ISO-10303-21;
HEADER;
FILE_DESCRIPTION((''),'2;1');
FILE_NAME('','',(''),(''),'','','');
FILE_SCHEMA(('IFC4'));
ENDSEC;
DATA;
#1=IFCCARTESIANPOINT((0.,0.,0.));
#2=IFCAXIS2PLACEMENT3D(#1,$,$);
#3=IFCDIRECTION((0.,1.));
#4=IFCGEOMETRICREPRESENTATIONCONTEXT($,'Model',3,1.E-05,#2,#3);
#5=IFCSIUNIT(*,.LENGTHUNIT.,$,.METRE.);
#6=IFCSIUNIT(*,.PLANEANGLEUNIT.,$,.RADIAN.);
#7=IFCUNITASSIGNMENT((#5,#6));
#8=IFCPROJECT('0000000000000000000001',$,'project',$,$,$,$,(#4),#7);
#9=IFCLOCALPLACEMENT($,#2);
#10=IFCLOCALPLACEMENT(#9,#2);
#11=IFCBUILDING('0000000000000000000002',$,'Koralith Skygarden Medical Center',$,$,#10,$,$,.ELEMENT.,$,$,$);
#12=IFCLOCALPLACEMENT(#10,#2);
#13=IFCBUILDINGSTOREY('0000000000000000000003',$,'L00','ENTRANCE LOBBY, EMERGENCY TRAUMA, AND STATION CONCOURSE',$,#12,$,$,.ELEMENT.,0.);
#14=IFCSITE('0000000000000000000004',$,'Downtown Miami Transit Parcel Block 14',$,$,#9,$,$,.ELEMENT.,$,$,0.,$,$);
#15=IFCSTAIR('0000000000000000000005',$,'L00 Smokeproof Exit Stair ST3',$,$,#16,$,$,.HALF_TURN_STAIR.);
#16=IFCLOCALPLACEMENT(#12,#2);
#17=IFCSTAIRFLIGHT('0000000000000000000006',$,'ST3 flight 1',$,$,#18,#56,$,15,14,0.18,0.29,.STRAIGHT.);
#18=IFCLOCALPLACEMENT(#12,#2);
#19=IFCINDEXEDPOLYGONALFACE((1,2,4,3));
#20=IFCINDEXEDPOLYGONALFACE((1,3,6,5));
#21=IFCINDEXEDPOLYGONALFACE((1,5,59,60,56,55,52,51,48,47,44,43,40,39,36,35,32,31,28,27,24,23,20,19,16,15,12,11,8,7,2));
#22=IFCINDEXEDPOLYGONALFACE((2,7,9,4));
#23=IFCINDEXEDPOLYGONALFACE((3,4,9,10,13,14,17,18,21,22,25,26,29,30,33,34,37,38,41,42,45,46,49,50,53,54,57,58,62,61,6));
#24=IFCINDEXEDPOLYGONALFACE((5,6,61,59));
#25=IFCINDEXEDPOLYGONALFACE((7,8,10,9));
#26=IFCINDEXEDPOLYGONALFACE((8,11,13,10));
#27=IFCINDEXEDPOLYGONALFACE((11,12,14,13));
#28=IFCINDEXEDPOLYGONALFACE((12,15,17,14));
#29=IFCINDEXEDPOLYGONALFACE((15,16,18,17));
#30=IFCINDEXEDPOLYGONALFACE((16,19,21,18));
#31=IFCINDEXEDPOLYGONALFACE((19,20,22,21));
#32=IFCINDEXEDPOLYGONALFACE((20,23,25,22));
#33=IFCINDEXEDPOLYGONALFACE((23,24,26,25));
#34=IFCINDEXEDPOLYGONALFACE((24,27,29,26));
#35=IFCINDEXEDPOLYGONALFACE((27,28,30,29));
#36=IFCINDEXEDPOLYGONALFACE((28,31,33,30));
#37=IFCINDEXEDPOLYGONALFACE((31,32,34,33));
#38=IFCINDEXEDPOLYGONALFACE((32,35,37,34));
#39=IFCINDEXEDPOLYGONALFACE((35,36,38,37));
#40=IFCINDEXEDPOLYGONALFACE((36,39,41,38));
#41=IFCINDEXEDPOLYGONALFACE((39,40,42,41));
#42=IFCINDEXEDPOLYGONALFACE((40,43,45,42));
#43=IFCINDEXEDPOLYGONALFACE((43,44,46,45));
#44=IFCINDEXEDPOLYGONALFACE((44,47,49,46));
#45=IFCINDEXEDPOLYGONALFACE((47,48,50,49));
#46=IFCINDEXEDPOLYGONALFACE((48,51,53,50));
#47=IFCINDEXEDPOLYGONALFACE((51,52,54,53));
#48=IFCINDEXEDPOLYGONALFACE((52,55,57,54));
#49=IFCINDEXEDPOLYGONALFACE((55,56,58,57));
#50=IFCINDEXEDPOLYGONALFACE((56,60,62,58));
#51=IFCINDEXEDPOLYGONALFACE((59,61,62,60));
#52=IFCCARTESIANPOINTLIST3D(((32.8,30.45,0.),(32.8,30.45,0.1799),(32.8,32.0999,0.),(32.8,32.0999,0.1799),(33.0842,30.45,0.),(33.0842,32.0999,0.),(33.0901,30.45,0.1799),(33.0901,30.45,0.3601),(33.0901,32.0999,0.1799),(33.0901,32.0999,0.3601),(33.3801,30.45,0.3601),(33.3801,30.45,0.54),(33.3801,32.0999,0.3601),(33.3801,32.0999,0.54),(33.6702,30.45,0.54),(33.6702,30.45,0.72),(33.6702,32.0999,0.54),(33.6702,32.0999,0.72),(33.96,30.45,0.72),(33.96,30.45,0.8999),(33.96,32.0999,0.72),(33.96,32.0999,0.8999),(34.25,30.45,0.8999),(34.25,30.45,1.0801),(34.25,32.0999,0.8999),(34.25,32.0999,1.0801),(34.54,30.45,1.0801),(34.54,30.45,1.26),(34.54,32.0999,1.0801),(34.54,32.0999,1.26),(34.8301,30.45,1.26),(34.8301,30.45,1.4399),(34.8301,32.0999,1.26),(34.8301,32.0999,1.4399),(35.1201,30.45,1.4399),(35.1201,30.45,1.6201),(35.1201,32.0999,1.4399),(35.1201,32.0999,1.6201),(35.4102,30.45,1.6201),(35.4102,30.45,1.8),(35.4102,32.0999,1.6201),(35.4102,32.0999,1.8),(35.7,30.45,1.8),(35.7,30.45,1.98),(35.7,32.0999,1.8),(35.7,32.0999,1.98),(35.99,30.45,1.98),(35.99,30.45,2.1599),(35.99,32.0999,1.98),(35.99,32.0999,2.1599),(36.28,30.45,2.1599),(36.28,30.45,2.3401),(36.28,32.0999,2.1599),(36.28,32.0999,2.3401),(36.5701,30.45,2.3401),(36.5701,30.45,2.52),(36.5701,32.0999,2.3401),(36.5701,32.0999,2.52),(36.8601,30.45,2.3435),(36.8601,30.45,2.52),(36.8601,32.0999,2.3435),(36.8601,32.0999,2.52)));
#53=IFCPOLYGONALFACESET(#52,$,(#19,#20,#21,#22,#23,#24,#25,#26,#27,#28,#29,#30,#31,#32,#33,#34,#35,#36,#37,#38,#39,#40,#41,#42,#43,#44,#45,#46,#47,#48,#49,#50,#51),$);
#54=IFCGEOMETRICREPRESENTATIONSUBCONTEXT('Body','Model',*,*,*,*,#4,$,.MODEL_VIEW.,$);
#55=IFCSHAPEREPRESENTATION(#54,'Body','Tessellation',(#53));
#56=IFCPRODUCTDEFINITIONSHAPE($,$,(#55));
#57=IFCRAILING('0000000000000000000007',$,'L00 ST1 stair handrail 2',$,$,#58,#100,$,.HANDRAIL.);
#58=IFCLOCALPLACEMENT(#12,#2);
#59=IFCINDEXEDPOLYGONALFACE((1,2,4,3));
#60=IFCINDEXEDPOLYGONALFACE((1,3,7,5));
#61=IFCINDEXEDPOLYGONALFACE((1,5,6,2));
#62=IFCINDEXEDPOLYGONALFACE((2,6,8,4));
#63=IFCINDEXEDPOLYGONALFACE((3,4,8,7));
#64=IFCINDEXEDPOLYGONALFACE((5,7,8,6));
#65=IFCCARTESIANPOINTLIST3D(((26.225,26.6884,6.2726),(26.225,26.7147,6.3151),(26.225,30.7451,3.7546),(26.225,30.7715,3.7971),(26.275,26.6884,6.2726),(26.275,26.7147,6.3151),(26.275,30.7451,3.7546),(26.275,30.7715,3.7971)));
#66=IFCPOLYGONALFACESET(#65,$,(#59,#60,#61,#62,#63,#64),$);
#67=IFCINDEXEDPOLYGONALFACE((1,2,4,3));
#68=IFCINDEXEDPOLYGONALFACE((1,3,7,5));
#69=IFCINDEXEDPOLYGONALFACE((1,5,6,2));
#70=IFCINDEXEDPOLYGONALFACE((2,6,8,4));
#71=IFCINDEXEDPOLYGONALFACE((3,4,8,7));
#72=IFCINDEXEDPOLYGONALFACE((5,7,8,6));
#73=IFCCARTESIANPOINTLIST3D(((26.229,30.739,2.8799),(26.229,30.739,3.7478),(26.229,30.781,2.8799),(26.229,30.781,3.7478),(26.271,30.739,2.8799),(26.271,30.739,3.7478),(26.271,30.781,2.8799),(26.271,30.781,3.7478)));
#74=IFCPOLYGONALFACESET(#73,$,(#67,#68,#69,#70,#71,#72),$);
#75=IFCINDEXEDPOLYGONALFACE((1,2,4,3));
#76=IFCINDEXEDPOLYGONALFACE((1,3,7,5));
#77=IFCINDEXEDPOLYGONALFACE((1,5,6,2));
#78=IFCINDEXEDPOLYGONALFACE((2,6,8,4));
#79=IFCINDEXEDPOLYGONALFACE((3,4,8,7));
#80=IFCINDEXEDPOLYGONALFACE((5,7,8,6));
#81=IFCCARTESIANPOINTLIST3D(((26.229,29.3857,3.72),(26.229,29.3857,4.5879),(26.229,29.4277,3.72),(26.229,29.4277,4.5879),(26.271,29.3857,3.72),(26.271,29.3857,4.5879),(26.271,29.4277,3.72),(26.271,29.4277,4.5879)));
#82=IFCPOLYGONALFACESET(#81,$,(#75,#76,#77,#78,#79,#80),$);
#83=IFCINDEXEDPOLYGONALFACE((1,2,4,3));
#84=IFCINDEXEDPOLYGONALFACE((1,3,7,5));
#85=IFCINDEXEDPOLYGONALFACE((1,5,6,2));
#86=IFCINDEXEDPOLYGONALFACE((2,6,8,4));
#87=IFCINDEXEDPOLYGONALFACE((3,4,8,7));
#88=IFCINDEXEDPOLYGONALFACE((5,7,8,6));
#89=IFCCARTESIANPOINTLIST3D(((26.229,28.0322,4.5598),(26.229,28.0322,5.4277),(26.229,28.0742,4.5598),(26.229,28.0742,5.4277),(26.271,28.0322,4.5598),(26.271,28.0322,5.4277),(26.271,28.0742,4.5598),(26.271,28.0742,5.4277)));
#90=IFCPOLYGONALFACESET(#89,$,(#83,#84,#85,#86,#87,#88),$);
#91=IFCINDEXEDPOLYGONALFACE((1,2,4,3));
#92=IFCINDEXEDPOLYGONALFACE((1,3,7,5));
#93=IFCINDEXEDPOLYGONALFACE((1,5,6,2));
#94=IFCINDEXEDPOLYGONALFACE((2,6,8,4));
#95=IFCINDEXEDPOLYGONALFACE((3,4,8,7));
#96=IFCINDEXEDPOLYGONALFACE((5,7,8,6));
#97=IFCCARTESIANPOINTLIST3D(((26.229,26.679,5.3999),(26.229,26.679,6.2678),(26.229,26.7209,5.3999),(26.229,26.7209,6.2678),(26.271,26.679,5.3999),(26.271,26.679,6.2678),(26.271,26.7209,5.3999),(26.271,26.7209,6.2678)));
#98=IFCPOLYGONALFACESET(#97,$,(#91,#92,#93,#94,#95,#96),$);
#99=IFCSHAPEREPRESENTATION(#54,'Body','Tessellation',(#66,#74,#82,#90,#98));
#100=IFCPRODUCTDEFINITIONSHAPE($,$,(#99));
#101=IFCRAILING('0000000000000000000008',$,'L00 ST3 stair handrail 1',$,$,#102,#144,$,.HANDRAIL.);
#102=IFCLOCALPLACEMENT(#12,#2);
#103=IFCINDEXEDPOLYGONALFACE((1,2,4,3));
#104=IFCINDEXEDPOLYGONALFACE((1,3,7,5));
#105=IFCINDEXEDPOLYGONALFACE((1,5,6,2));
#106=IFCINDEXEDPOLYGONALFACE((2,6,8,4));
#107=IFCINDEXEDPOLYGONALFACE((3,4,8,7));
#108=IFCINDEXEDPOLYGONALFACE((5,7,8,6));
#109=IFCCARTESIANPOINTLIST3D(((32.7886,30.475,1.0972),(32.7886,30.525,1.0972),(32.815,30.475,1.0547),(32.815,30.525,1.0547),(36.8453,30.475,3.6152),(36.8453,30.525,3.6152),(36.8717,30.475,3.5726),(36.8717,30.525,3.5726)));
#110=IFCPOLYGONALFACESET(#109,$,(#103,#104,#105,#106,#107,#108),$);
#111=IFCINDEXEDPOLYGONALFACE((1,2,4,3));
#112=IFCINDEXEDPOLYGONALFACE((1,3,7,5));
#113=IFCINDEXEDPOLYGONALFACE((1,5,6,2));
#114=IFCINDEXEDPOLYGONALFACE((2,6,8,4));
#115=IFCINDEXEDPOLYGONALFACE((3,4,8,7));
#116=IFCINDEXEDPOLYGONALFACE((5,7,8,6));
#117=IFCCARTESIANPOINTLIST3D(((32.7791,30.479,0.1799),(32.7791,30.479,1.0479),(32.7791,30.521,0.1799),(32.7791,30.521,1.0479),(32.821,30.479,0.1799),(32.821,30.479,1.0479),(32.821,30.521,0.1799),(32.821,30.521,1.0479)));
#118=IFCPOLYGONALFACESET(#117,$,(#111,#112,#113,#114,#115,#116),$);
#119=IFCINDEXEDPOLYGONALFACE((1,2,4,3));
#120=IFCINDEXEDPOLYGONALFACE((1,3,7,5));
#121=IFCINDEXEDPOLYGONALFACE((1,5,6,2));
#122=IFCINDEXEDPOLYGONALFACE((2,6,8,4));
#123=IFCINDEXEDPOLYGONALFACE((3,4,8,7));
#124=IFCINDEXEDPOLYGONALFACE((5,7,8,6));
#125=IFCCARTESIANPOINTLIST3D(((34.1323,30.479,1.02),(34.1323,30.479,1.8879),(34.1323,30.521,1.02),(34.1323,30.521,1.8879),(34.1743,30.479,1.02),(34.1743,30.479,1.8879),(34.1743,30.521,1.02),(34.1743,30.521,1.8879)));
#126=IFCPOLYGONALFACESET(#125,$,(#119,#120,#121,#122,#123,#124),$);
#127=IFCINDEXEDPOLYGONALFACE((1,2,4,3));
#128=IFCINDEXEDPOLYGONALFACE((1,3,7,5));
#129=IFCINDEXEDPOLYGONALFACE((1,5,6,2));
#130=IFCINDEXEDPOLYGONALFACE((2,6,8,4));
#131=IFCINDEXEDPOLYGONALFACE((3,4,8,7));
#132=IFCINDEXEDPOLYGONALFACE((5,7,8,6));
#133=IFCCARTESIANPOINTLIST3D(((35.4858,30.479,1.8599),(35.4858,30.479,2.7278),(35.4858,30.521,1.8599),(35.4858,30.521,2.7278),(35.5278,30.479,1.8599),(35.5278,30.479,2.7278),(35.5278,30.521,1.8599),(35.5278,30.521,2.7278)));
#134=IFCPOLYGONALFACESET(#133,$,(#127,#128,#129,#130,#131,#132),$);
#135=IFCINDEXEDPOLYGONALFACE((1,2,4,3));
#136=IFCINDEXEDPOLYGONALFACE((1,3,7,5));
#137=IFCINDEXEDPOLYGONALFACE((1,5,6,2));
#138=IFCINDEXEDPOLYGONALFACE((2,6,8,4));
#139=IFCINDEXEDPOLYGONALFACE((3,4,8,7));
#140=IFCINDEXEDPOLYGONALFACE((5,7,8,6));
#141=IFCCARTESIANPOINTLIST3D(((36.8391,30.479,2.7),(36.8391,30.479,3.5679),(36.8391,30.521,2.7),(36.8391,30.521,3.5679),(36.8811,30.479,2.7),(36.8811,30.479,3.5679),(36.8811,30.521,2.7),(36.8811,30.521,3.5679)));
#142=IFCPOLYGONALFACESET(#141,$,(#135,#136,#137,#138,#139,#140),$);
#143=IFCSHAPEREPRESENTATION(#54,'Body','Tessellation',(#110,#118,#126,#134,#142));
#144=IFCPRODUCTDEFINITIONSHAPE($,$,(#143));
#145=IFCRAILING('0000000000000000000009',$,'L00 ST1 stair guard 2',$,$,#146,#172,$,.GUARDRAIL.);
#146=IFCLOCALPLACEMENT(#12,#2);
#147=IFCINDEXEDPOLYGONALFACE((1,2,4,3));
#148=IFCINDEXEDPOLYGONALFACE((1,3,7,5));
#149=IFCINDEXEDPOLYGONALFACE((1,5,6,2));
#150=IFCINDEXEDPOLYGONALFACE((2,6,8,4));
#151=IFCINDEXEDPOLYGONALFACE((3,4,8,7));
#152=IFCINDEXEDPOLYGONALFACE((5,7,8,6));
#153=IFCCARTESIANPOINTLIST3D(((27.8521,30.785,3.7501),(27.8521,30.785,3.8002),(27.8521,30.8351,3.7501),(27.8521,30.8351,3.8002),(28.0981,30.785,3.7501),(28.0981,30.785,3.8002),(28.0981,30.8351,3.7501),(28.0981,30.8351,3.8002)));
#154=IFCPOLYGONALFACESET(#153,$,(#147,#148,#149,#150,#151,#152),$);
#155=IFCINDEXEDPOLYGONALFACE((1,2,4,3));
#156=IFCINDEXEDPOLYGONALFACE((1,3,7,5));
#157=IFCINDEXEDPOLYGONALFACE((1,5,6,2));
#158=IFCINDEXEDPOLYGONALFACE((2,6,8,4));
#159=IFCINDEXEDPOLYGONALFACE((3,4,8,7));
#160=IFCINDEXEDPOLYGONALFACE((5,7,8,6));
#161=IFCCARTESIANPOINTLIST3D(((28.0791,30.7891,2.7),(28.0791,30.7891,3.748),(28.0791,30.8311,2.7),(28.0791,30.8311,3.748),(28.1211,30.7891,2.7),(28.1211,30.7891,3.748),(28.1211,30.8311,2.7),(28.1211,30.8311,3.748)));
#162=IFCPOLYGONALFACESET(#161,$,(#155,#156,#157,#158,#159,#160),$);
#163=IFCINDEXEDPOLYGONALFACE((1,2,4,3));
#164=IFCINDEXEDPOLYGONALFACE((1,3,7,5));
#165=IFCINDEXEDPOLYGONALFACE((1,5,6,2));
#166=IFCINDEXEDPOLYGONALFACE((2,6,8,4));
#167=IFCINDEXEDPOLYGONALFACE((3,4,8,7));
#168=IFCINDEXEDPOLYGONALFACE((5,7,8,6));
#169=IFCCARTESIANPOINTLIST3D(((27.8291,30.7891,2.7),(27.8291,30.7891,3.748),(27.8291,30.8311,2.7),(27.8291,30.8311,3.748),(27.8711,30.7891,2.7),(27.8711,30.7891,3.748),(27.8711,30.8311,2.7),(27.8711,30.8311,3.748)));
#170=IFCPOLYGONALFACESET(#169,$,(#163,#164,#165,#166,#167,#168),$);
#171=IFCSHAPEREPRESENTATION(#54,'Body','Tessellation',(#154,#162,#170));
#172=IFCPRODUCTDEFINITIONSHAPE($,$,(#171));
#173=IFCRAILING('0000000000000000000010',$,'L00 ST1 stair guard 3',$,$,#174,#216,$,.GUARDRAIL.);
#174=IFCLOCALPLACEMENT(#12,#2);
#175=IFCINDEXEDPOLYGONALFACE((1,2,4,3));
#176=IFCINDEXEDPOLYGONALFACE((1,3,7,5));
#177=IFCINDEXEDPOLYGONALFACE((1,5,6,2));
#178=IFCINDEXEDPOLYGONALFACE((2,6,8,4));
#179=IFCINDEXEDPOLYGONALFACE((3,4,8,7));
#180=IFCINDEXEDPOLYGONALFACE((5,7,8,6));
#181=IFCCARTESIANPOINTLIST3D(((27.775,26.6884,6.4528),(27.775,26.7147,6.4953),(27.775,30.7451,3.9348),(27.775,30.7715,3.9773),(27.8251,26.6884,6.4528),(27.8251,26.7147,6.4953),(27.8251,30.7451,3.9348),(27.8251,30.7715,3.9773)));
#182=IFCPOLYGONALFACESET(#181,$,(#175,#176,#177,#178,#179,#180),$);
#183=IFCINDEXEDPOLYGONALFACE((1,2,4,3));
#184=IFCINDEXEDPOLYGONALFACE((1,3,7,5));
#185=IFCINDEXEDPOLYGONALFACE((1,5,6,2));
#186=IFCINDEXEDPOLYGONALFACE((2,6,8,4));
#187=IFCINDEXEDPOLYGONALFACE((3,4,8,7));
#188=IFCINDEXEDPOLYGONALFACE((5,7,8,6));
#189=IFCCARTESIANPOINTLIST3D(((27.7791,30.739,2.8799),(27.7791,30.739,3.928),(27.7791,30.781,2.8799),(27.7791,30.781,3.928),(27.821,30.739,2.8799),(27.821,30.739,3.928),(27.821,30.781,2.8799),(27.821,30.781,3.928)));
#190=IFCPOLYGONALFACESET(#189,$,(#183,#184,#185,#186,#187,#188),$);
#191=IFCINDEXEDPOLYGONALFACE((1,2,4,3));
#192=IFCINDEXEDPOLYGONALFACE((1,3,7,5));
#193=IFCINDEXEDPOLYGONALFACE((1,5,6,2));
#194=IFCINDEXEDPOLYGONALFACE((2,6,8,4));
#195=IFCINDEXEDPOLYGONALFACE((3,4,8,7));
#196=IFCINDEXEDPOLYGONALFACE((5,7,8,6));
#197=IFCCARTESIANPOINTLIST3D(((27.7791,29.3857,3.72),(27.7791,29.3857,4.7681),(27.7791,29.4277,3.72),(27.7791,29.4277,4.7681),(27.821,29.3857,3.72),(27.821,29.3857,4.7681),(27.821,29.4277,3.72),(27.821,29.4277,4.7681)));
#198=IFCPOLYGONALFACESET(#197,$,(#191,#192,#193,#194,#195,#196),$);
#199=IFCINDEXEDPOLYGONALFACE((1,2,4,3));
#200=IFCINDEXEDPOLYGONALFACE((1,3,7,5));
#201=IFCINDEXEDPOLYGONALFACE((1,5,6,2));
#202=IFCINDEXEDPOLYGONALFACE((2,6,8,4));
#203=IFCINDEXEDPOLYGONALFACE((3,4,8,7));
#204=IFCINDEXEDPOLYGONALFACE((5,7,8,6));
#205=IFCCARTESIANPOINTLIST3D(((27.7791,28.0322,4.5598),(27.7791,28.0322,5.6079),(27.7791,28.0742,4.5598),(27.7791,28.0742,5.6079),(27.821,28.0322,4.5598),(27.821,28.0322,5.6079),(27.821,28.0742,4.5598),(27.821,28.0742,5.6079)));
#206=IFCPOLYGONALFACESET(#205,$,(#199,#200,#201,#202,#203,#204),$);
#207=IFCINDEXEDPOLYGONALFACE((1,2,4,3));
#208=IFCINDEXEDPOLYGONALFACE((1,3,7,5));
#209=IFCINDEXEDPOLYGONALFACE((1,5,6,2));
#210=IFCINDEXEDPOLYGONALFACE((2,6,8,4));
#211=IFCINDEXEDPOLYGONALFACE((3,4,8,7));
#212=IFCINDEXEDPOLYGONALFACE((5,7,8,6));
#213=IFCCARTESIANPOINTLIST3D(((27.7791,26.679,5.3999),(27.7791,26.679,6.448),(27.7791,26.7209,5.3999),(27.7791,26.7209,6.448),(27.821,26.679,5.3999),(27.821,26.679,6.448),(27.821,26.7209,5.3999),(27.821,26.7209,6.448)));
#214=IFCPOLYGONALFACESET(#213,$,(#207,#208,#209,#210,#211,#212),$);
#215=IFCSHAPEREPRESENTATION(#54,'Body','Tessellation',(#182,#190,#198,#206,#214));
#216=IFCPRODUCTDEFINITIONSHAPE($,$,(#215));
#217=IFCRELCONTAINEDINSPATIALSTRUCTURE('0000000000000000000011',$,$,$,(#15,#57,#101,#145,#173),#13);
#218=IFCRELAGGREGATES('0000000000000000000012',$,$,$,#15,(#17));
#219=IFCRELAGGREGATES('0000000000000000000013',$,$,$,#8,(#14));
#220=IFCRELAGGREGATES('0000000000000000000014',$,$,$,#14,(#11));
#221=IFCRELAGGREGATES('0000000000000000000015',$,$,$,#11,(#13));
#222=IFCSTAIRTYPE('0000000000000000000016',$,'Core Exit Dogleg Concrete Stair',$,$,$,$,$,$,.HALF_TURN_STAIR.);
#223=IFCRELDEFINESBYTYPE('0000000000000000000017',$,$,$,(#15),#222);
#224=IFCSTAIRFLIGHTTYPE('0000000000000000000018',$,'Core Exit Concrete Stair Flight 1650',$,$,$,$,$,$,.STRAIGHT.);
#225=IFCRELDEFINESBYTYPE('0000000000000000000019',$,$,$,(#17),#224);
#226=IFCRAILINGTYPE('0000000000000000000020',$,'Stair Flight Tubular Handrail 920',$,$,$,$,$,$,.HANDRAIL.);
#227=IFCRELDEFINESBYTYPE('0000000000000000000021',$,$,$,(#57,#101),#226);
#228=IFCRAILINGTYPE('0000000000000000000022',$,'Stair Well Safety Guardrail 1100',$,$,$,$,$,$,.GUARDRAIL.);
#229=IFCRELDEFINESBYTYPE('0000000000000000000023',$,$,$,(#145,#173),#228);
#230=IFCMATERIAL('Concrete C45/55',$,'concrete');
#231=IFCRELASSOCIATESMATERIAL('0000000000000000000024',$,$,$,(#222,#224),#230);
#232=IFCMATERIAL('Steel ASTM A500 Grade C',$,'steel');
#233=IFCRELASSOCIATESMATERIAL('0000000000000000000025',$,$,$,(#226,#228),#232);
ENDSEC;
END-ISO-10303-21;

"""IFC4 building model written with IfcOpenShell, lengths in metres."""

from ifc_helpers import new_model, si_unit, direction, frame, origin, origin_2d, place, context, subcontext, project, spatial, polyline, rectangle, outline, extrude, material, type_object, element, aggregate, save


model = new_model("IFC4")

# Units and contexts
model_context = context("Model", 3, precision=1e-05, world=origin(), true_north=direction((0.0, 1.0)))
body_context = subcontext(model_context, "Body", "Model", "MODEL_VIEW")
ifc_project = project(units=[si_unit("LENGTHUNIT", "METRE"), si_unit("PLANEANGLEUNIT", "RADIAN")], contexts=[model_context])

# Site, building, storey
site_placement = place(None, origin())
site = spatial("IfcSite", under=ifc_project, at=site_placement, Name="Downtown Miami Transit Parcel Block 14", CompositionType="ELEMENT", RefElevation=0.0)
building_placement = place(site_placement, origin())
building = spatial("IfcBuilding", under=site, at=building_placement, Name="Koralith Skygarden Medical Center", CompositionType="ELEMENT")
storey_placement = place(building_placement, origin())
storey = spatial("IfcBuildingStorey", under=building, at=storey_placement, Name="L00", Description="ENTRANCE LOBBY, EMERGENCY TRAUMA, AND STATION CONCOURSE", CompositionType="ELEMENT", Elevation=0.0)

# Shared definitions
ifc_material_1 = material(Name="Concrete C45/55", Category="concrete")

# Stair, stair flight
stair_type = type_object("IfcStairType", Name="Core Exit Dogleg Concrete Stair", PredefinedType="HALF_TURN_STAIR", material=ifc_material_1)
stair_flight_type = type_object("IfcStairFlightType", Name="Core Exit Concrete Stair Flight 1650", PredefinedType="STRAIGHT", material=ifc_material_1)
stair_1_placement = place(storey_placement, origin())
stair_1 = element("IfcStair", 1, at=stair_1_placement, inside=storey, type_object=stair_type, Name="L00 Smokeproof Exit Stair ST3", PredefinedType="HALF_TURN_STAIR")
stair_flight_1_placement = place(storey_placement, frame((32.8, 31.2749, 0.0), z_axis=(0.0, 0.0, 1.0), x_axis=(1.0, 0.0, 0.0)))
stair_flight_1 = element("IfcStairFlight", 2, at=stair_flight_1_placement, type_object=stair_flight_type, Name="ST3 flight 1", NumberOfRisers=15, NumberOfTreads=14, PredefinedType="STRAIGHT", RiserHeight=0.18, TreadLength=0.29, context=body_context, shape_type="SweptSolid", body=[
    extrude(outline(polyline([(0.0, 0.0), (0.0, 0.1799), (0.29, 0.1799), (0.29, 0.3601), (0.5801, 0.3601), (0.5801, 0.54), (0.8701, 0.54), (0.8701, 0.72), (1.1599, 0.72), (1.1599, 0.8999), (1.45, 0.8999), (1.45, 1.0801), (1.74, 1.0801), (1.74, 1.26), (2.03, 1.26), (2.03, 1.4399), (2.3201, 1.4399), (2.3201, 1.6201), (2.6101, 1.6201), (2.6101, 1.8), (2.8999, 1.8), (2.8999, 1.98), (3.1899, 1.98), (3.1899, 2.1599), (3.48, 2.1599), (3.48, 2.3401), (3.77, 2.3401), (3.77, 2.52), (4.0601, 2.52), (4.0601, 2.7), (4.0601, 2.3435), (0.2842, 0.0), (0.0, 0.0)])), frame((0.0, 0.825, 0.0), z_axis=(0.0, -1.0, 0.0), x_axis=(1.0, 0.0, 0.0)), (0.0, 0.0, 1.0), 1.6499),
])
aggregate(stair_1, [stair_flight_1])

# Railings
ifc_material_2 = material(Name="Steel ASTM A500 Grade C", Category="steel")
railing_type_1 = type_object("IfcRailingType", Name="Stair Flight Tubular Handrail 920", PredefinedType="HANDRAIL", material=ifc_material_2)
railing_1_placement = place(storey_placement, frame((26.25, 30.76, 2.8799)))
element("IfcRailing", 3, at=railing_1_placement, inside=storey, type_object=railing_type_1, Name="L00 ST1 stair handrail 2", PredefinedType="HANDRAIL", context=body_context, shape_type="SweptSolid", body=[
    extrude(rectangle(XDim=0.05, YDim=0.05, at=origin_2d()), frame((0.0, -0.0017, 0.896), z_axis=(0.0, -0.849642, 0.52736), x_axis=(1.0, 0.0, 0.0)), (0.0, 0.0, 1.0), 4.7747),
    extrude(rectangle(XDim=0.042, YDim=0.042, at=origin_2d()), origin(), (0.0, 0.0, 1.0), 0.8679),
    extrude(rectangle(XDim=0.042, YDim=0.042, at=origin_2d()), frame((0.0, -1.3533, 0.8401)), (0.0, 0.0, 1.0), 0.8679),
    extrude(rectangle(XDim=0.042, YDim=0.042, at=origin_2d()), frame((0.0, -2.7068, 1.6799)), (0.0, 0.0, 1.0), 0.8679),
    extrude(rectangle(XDim=0.042, YDim=0.042, at=origin_2d()), frame((0.0, -4.0601, 2.52)), (0.0, 0.0, 1.0), 0.8679),
])
railing_2_placement = place(storey_placement, frame((32.8, 30.5, 0.1799)))
element("IfcRailing", 4, at=railing_2_placement, inside=storey, type_object=railing_type_1, Name="L00 ST3 stair handrail 1", PredefinedType="HANDRAIL", context=body_context, shape_type="SweptSolid", body=[
    extrude(rectangle(XDim=0.05, YDim=0.05, at=origin_2d()), frame((0.0017, 0.0, 0.896), z_axis=(0.849642, 0.0, 0.52736), x_axis=(0.0, 1.0, 0.0)), (0.0, 0.0, 1.0), 4.7747),
    extrude(rectangle(XDim=0.042, YDim=0.042, at=origin_2d()), origin(), (0.0, 0.0, 1.0), 0.8679),
    extrude(rectangle(XDim=0.042, YDim=0.042, at=origin_2d()), frame((1.3533, 0.0, 0.8401)), (0.0, 0.0, 1.0), 0.8679),
    extrude(rectangle(XDim=0.042, YDim=0.042, at=origin_2d()), frame((2.7068, 0.0, 1.6799)), (0.0, 0.0, 1.0), 0.8679),
    extrude(rectangle(XDim=0.042, YDim=0.042, at=origin_2d()), frame((4.0601, 0.0, 2.52)), (0.0, 0.0, 1.0), 0.8679),
])
railing_type_2 = type_object("IfcRailingType", Name="Stair Well Safety Guardrail 1100", PredefinedType="GUARDRAIL", material=ifc_material_2)
railing_3_placement = place(storey_placement, frame((28.1001, 30.8101, 2.7)))
element("IfcRailing", 5, at=railing_3_placement, inside=storey, type_object=railing_type_2, Name="L00 ST1 stair guard 2", PredefinedType="GUARDRAIL", context=body_context, shape_type="SweptSolid", body=[
    extrude(rectangle(XDim=0.05, YDim=0.05, at=origin_2d()), frame((-0.002, 0.0, 1.0752), z_axis=(-1.0, 0.0, 0.0), x_axis=(0.0, -1.0, 0.0)), (0.0, 0.0, 1.0), 0.2461),
    extrude(rectangle(XDim=0.042, YDim=0.042, at=origin_2d()), origin(), (0.0, 0.0, 1.0), 1.0481),
    extrude(rectangle(XDim=0.042, YDim=0.042, at=origin_2d()), frame((-0.25, 0.0, 0.0)), (0.0, 0.0, 1.0), 1.0481),
])
railing_4_placement = place(storey_placement, frame((27.8, 30.76, 2.8799)))
element("IfcRailing", 6, at=railing_4_placement, inside=storey, type_object=railing_type_2, Name="L00 ST1 stair guard 3", PredefinedType="GUARDRAIL", context=body_context, shape_type="SweptSolid", body=[
    extrude(rectangle(XDim=0.05, YDim=0.05, at=origin_2d()), frame((0.0, -0.0017, 1.0762), z_axis=(0.0, -0.849642, 0.52736), x_axis=(1.0, 0.0, 0.0)), (0.0, 0.0, 1.0), 4.7747),
    extrude(rectangle(XDim=0.042, YDim=0.042, at=origin_2d()), origin(), (0.0, 0.0, 1.0), 1.0481),
    extrude(rectangle(XDim=0.042, YDim=0.042, at=origin_2d()), frame((0.0, -1.3533, 0.8401)), (0.0, 0.0, 1.0), 1.0481),
    extrude(rectangle(XDim=0.042, YDim=0.042, at=origin_2d()), frame((0.0, -2.7068, 1.6799)), (0.0, 0.0, 1.0), 1.0481),
    extrude(rectangle(XDim=0.042, YDim=0.042, at=origin_2d()), frame((0.0, -4.0601, 2.52)), (0.0, 0.0, 1.0), 1.0481),
])

save(model, "model.ifc")
